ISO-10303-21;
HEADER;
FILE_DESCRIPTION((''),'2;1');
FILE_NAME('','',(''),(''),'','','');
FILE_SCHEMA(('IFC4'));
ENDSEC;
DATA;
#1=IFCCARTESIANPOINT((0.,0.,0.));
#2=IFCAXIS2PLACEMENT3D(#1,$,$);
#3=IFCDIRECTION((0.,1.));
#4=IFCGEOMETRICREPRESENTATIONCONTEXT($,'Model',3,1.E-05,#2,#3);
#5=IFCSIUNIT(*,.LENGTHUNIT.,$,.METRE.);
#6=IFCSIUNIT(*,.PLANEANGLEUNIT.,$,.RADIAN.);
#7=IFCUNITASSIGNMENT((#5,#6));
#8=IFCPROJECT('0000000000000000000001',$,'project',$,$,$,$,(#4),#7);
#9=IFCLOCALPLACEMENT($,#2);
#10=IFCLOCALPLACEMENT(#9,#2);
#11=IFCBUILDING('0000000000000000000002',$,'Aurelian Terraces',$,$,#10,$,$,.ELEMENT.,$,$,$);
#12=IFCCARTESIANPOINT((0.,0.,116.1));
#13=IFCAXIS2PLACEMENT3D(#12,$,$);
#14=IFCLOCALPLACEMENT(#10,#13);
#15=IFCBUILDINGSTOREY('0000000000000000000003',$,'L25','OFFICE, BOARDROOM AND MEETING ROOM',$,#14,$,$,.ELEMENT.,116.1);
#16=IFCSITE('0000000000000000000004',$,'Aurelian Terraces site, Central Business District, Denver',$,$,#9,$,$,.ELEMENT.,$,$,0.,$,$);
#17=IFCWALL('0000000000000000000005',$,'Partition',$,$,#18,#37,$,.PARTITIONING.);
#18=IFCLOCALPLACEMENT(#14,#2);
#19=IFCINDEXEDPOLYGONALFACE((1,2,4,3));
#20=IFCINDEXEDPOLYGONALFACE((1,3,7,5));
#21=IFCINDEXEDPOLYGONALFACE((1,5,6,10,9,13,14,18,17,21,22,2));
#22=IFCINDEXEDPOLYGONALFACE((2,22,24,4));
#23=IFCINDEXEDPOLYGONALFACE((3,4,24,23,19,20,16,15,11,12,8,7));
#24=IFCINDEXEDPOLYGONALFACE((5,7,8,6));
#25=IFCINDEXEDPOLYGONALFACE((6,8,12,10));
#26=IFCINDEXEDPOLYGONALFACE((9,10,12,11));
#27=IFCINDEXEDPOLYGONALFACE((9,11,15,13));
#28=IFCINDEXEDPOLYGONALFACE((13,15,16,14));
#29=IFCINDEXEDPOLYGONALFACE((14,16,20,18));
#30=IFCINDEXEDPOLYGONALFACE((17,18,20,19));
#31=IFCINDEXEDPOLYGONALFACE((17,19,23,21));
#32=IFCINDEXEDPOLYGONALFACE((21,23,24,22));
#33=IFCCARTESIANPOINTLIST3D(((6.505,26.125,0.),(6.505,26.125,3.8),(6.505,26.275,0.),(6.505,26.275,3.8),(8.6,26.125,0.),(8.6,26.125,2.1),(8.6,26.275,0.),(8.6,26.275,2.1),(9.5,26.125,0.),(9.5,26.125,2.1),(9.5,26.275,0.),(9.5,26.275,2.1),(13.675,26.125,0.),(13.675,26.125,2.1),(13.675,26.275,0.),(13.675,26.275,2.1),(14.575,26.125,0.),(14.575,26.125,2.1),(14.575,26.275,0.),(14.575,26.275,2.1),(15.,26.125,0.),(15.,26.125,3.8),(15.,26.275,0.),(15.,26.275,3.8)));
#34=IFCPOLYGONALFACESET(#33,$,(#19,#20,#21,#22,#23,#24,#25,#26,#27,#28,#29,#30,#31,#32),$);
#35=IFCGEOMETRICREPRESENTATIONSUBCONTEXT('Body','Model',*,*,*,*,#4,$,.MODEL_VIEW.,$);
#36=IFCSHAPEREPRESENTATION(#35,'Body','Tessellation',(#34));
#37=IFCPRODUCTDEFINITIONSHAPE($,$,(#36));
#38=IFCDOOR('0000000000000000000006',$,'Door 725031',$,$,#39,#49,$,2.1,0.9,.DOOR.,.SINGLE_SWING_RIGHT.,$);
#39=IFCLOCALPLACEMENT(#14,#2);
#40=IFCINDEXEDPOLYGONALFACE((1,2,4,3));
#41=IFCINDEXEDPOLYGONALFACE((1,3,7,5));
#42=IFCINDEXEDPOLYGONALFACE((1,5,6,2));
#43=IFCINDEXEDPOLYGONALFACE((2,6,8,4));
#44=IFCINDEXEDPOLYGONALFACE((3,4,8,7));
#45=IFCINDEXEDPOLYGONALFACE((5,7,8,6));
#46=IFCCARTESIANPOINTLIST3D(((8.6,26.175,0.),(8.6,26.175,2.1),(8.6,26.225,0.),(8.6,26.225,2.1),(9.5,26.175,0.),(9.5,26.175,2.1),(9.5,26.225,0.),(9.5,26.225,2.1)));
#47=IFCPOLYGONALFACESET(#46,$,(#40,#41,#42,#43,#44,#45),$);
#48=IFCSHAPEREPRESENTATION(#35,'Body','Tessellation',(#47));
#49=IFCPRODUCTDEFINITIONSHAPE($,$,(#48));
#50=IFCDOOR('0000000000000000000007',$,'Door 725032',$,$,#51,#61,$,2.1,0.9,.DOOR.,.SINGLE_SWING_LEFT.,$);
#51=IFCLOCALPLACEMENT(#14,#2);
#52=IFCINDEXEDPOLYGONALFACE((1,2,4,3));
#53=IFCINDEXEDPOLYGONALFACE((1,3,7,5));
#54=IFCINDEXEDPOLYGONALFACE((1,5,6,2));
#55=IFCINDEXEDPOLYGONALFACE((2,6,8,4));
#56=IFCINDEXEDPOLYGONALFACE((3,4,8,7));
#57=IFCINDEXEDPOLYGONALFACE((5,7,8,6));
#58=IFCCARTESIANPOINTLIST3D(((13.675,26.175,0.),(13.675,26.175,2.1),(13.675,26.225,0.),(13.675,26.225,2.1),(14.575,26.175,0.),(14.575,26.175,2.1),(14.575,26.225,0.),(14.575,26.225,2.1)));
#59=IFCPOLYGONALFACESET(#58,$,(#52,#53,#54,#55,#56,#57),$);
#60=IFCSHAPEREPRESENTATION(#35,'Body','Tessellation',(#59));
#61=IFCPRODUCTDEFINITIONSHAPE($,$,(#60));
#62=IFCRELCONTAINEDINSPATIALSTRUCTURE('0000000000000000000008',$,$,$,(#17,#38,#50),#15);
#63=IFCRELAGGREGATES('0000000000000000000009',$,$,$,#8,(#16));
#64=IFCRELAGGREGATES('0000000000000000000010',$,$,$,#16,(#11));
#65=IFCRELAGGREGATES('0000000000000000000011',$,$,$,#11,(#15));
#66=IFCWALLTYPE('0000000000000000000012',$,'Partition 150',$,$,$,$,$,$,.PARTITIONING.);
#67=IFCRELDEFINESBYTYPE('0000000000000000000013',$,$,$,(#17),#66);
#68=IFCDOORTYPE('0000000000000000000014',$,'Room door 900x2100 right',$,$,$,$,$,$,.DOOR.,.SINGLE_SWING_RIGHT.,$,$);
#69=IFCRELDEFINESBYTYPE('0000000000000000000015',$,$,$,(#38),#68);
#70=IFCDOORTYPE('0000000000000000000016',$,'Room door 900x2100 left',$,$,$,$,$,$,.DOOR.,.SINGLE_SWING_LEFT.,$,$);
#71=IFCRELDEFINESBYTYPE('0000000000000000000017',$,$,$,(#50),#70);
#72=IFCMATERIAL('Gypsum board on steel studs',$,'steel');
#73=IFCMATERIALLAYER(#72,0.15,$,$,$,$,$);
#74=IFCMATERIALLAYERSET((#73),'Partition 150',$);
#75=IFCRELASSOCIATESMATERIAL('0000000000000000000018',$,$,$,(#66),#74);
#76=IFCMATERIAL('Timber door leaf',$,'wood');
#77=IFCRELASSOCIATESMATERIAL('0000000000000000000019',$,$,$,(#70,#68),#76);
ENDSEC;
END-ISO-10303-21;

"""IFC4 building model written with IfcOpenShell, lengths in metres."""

from ifc_helpers import new_model, si_unit, direction, frame, frame_2d, origin, place, context, subcontext, project, spatial, rectangle, extrude, source, transform, mapped, material, layer, layer_set, type_object, element, fill, save


model = new_model("IFC4")

# Units and contexts
model_context = context("Model", 3, precision=1e-05, world=origin(), true_north=direction((0.0, 1.0)))
body_context = subcontext(model_context, "Body", "Model", "MODEL_VIEW")
ifc_project = project(units=[si_unit("LENGTHUNIT", "METRE"), si_unit("PLANEANGLEUNIT", "RADIAN")], contexts=[model_context])

# Site, building, storey
site_placement = place(None, origin())
site = spatial("IfcSite", under=ifc_project, at=site_placement, Name="Aurelian Terraces site, Central Business District, Denver", CompositionType="ELEMENT", RefElevation=0.0)
building_placement = place(site_placement, origin())
building = spatial("IfcBuilding", under=site, at=building_placement, Name="Aurelian Terraces", CompositionType="ELEMENT")
storey_placement = place(building_placement, frame((0.0, 0.0, 116.1)))
storey = spatial("IfcBuildingStorey", under=building, at=storey_placement, Name="L25", Description="OFFICE, BOARDROOM AND MEETING ROOM", CompositionType="ELEMENT", Elevation=116.1)

# Shared definitions
ifc_material_1 = material(Name="Gypsum board on steel studs", Category="steel")
ifc_layer_1 = layer(ifc_material_1, 0.15)
ifc_layer_set_1 = layer_set([ifc_layer_1], Name="Partition 150")
wall_type_1 = type_object("IfcWallType", Name="Partition 150", PredefinedType="PARTITIONING", material=ifc_layer_set_1)
shared_shape_1 = source(origin(), body_context, "Body", "SweptSolid", [
    extrude(rectangle(XDim=0.9, YDim=2.1, at=frame_2d((0.45, 1.05))), frame((0.0, 0.085, 0.0), z_axis=(0.0, -1.0, 0.0), x_axis=(1.0, 0.0, 0.0)), (0.0, 0.0, 1.0), 0.17),
])
ifc_material_2 = material(Name="Timber door leaf", Category="wood")
door_type_1 = type_object("IfcDoorType", Name="Room door 900x2100 left", OperationType="SINGLE_SWING_LEFT", PredefinedType="DOOR", material=ifc_material_2)
shared_shape_2 = source(origin(), body_context, "Body", "SweptSolid", [
    extrude(rectangle(XDim=0.9, YDim=2.1, at=frame_2d((0.45, 1.05))), frame((0.0, 0.025, 0.0), z_axis=(0.0, -1.0, 0.0), x_axis=(1.0, 0.0, 0.0)), (0.0, 0.0, 1.0), 0.05),
])
door_type_2 = type_object("IfcDoorType", Name="Room door 900x2100 right", OperationType="SINGLE_SWING_RIGHT", PredefinedType="DOOR", material=ifc_material_2)

# Wall, openings, doors
shared_shape_3 = source(origin(), body_context, "Body", "SweptSolid", [
    extrude(rectangle(XDim=8.495, YDim=0.15, at=frame_2d((4.2475, 0.0))), origin(), (0.0, 0.0, 1.0), 3.8),
])
wall_1_placement = place(storey_placement, frame((6.505, 26.2, 0.0), z_axis=(0.0, 0.0, 1.0), x_axis=(1.0, 0.0, 0.0)))
wall_1 = element("IfcWall", 1, at=wall_1_placement, inside=storey, type_object=wall_type_1, Name="Partition", PredefinedType="PARTITIONING", context=body_context, shape_type="MappedRepresentation", body=[
    mapped(shared_shape_3, transform((0.0, 0.0, 0.0), scale=1.0)),
])
opening_1_placement = place(wall_1_placement, frame((2.095, 0.0, 0.0)))
opening_1 = element("IfcOpeningElement", 2, at=opening_1_placement, cuts=wall_1, PredefinedType="OPENING", context=body_context, shape_type="MappedRepresentation", body=[
    mapped(shared_shape_1, transform((0.0, 0.0, 0.0), scale=1.0)),
])
opening_2_placement = place(wall_1_placement, frame((7.17, 0.0, 0.0)))
opening_2 = element("IfcOpeningElement", 3, at=opening_2_placement, cuts=wall_1, PredefinedType="OPENING", context=body_context, shape_type="MappedRepresentation", body=[
    mapped(shared_shape_1, transform((0.0, 0.0, 0.0), scale=1.0)),
])
door_1_placement = place(opening_1_placement, origin())
door_1 = element("IfcDoor", 4, at=door_1_placement, inside=storey, type_object=door_type_2, Name="Door 725031", OperationType="SINGLE_SWING_RIGHT", OverallHeight=2.1, OverallWidth=0.9, PredefinedType="DOOR", context=body_context, shape_type="MappedRepresentation", body=[
    mapped(shared_shape_2, transform((0.0, 0.0, 0.0), scale=1.0)),
])
fill(opening_1, door_1)
door_2_placement = place(opening_2_placement, origin())
door_2 = element("IfcDoor", 5, at=door_2_placement, inside=storey, type_object=door_type_1, Name="Door 725032", OperationType="SINGLE_SWING_LEFT", OverallHeight=2.1, OverallWidth=0.9, PredefinedType="DOOR", context=body_context, shape_type="MappedRepresentation", body=[
    mapped(shared_shape_2, transform((0.0, 0.0, 0.0), scale=1.0)),
])
fill(opening_2, door_2)

save(model, "model.ifc")
